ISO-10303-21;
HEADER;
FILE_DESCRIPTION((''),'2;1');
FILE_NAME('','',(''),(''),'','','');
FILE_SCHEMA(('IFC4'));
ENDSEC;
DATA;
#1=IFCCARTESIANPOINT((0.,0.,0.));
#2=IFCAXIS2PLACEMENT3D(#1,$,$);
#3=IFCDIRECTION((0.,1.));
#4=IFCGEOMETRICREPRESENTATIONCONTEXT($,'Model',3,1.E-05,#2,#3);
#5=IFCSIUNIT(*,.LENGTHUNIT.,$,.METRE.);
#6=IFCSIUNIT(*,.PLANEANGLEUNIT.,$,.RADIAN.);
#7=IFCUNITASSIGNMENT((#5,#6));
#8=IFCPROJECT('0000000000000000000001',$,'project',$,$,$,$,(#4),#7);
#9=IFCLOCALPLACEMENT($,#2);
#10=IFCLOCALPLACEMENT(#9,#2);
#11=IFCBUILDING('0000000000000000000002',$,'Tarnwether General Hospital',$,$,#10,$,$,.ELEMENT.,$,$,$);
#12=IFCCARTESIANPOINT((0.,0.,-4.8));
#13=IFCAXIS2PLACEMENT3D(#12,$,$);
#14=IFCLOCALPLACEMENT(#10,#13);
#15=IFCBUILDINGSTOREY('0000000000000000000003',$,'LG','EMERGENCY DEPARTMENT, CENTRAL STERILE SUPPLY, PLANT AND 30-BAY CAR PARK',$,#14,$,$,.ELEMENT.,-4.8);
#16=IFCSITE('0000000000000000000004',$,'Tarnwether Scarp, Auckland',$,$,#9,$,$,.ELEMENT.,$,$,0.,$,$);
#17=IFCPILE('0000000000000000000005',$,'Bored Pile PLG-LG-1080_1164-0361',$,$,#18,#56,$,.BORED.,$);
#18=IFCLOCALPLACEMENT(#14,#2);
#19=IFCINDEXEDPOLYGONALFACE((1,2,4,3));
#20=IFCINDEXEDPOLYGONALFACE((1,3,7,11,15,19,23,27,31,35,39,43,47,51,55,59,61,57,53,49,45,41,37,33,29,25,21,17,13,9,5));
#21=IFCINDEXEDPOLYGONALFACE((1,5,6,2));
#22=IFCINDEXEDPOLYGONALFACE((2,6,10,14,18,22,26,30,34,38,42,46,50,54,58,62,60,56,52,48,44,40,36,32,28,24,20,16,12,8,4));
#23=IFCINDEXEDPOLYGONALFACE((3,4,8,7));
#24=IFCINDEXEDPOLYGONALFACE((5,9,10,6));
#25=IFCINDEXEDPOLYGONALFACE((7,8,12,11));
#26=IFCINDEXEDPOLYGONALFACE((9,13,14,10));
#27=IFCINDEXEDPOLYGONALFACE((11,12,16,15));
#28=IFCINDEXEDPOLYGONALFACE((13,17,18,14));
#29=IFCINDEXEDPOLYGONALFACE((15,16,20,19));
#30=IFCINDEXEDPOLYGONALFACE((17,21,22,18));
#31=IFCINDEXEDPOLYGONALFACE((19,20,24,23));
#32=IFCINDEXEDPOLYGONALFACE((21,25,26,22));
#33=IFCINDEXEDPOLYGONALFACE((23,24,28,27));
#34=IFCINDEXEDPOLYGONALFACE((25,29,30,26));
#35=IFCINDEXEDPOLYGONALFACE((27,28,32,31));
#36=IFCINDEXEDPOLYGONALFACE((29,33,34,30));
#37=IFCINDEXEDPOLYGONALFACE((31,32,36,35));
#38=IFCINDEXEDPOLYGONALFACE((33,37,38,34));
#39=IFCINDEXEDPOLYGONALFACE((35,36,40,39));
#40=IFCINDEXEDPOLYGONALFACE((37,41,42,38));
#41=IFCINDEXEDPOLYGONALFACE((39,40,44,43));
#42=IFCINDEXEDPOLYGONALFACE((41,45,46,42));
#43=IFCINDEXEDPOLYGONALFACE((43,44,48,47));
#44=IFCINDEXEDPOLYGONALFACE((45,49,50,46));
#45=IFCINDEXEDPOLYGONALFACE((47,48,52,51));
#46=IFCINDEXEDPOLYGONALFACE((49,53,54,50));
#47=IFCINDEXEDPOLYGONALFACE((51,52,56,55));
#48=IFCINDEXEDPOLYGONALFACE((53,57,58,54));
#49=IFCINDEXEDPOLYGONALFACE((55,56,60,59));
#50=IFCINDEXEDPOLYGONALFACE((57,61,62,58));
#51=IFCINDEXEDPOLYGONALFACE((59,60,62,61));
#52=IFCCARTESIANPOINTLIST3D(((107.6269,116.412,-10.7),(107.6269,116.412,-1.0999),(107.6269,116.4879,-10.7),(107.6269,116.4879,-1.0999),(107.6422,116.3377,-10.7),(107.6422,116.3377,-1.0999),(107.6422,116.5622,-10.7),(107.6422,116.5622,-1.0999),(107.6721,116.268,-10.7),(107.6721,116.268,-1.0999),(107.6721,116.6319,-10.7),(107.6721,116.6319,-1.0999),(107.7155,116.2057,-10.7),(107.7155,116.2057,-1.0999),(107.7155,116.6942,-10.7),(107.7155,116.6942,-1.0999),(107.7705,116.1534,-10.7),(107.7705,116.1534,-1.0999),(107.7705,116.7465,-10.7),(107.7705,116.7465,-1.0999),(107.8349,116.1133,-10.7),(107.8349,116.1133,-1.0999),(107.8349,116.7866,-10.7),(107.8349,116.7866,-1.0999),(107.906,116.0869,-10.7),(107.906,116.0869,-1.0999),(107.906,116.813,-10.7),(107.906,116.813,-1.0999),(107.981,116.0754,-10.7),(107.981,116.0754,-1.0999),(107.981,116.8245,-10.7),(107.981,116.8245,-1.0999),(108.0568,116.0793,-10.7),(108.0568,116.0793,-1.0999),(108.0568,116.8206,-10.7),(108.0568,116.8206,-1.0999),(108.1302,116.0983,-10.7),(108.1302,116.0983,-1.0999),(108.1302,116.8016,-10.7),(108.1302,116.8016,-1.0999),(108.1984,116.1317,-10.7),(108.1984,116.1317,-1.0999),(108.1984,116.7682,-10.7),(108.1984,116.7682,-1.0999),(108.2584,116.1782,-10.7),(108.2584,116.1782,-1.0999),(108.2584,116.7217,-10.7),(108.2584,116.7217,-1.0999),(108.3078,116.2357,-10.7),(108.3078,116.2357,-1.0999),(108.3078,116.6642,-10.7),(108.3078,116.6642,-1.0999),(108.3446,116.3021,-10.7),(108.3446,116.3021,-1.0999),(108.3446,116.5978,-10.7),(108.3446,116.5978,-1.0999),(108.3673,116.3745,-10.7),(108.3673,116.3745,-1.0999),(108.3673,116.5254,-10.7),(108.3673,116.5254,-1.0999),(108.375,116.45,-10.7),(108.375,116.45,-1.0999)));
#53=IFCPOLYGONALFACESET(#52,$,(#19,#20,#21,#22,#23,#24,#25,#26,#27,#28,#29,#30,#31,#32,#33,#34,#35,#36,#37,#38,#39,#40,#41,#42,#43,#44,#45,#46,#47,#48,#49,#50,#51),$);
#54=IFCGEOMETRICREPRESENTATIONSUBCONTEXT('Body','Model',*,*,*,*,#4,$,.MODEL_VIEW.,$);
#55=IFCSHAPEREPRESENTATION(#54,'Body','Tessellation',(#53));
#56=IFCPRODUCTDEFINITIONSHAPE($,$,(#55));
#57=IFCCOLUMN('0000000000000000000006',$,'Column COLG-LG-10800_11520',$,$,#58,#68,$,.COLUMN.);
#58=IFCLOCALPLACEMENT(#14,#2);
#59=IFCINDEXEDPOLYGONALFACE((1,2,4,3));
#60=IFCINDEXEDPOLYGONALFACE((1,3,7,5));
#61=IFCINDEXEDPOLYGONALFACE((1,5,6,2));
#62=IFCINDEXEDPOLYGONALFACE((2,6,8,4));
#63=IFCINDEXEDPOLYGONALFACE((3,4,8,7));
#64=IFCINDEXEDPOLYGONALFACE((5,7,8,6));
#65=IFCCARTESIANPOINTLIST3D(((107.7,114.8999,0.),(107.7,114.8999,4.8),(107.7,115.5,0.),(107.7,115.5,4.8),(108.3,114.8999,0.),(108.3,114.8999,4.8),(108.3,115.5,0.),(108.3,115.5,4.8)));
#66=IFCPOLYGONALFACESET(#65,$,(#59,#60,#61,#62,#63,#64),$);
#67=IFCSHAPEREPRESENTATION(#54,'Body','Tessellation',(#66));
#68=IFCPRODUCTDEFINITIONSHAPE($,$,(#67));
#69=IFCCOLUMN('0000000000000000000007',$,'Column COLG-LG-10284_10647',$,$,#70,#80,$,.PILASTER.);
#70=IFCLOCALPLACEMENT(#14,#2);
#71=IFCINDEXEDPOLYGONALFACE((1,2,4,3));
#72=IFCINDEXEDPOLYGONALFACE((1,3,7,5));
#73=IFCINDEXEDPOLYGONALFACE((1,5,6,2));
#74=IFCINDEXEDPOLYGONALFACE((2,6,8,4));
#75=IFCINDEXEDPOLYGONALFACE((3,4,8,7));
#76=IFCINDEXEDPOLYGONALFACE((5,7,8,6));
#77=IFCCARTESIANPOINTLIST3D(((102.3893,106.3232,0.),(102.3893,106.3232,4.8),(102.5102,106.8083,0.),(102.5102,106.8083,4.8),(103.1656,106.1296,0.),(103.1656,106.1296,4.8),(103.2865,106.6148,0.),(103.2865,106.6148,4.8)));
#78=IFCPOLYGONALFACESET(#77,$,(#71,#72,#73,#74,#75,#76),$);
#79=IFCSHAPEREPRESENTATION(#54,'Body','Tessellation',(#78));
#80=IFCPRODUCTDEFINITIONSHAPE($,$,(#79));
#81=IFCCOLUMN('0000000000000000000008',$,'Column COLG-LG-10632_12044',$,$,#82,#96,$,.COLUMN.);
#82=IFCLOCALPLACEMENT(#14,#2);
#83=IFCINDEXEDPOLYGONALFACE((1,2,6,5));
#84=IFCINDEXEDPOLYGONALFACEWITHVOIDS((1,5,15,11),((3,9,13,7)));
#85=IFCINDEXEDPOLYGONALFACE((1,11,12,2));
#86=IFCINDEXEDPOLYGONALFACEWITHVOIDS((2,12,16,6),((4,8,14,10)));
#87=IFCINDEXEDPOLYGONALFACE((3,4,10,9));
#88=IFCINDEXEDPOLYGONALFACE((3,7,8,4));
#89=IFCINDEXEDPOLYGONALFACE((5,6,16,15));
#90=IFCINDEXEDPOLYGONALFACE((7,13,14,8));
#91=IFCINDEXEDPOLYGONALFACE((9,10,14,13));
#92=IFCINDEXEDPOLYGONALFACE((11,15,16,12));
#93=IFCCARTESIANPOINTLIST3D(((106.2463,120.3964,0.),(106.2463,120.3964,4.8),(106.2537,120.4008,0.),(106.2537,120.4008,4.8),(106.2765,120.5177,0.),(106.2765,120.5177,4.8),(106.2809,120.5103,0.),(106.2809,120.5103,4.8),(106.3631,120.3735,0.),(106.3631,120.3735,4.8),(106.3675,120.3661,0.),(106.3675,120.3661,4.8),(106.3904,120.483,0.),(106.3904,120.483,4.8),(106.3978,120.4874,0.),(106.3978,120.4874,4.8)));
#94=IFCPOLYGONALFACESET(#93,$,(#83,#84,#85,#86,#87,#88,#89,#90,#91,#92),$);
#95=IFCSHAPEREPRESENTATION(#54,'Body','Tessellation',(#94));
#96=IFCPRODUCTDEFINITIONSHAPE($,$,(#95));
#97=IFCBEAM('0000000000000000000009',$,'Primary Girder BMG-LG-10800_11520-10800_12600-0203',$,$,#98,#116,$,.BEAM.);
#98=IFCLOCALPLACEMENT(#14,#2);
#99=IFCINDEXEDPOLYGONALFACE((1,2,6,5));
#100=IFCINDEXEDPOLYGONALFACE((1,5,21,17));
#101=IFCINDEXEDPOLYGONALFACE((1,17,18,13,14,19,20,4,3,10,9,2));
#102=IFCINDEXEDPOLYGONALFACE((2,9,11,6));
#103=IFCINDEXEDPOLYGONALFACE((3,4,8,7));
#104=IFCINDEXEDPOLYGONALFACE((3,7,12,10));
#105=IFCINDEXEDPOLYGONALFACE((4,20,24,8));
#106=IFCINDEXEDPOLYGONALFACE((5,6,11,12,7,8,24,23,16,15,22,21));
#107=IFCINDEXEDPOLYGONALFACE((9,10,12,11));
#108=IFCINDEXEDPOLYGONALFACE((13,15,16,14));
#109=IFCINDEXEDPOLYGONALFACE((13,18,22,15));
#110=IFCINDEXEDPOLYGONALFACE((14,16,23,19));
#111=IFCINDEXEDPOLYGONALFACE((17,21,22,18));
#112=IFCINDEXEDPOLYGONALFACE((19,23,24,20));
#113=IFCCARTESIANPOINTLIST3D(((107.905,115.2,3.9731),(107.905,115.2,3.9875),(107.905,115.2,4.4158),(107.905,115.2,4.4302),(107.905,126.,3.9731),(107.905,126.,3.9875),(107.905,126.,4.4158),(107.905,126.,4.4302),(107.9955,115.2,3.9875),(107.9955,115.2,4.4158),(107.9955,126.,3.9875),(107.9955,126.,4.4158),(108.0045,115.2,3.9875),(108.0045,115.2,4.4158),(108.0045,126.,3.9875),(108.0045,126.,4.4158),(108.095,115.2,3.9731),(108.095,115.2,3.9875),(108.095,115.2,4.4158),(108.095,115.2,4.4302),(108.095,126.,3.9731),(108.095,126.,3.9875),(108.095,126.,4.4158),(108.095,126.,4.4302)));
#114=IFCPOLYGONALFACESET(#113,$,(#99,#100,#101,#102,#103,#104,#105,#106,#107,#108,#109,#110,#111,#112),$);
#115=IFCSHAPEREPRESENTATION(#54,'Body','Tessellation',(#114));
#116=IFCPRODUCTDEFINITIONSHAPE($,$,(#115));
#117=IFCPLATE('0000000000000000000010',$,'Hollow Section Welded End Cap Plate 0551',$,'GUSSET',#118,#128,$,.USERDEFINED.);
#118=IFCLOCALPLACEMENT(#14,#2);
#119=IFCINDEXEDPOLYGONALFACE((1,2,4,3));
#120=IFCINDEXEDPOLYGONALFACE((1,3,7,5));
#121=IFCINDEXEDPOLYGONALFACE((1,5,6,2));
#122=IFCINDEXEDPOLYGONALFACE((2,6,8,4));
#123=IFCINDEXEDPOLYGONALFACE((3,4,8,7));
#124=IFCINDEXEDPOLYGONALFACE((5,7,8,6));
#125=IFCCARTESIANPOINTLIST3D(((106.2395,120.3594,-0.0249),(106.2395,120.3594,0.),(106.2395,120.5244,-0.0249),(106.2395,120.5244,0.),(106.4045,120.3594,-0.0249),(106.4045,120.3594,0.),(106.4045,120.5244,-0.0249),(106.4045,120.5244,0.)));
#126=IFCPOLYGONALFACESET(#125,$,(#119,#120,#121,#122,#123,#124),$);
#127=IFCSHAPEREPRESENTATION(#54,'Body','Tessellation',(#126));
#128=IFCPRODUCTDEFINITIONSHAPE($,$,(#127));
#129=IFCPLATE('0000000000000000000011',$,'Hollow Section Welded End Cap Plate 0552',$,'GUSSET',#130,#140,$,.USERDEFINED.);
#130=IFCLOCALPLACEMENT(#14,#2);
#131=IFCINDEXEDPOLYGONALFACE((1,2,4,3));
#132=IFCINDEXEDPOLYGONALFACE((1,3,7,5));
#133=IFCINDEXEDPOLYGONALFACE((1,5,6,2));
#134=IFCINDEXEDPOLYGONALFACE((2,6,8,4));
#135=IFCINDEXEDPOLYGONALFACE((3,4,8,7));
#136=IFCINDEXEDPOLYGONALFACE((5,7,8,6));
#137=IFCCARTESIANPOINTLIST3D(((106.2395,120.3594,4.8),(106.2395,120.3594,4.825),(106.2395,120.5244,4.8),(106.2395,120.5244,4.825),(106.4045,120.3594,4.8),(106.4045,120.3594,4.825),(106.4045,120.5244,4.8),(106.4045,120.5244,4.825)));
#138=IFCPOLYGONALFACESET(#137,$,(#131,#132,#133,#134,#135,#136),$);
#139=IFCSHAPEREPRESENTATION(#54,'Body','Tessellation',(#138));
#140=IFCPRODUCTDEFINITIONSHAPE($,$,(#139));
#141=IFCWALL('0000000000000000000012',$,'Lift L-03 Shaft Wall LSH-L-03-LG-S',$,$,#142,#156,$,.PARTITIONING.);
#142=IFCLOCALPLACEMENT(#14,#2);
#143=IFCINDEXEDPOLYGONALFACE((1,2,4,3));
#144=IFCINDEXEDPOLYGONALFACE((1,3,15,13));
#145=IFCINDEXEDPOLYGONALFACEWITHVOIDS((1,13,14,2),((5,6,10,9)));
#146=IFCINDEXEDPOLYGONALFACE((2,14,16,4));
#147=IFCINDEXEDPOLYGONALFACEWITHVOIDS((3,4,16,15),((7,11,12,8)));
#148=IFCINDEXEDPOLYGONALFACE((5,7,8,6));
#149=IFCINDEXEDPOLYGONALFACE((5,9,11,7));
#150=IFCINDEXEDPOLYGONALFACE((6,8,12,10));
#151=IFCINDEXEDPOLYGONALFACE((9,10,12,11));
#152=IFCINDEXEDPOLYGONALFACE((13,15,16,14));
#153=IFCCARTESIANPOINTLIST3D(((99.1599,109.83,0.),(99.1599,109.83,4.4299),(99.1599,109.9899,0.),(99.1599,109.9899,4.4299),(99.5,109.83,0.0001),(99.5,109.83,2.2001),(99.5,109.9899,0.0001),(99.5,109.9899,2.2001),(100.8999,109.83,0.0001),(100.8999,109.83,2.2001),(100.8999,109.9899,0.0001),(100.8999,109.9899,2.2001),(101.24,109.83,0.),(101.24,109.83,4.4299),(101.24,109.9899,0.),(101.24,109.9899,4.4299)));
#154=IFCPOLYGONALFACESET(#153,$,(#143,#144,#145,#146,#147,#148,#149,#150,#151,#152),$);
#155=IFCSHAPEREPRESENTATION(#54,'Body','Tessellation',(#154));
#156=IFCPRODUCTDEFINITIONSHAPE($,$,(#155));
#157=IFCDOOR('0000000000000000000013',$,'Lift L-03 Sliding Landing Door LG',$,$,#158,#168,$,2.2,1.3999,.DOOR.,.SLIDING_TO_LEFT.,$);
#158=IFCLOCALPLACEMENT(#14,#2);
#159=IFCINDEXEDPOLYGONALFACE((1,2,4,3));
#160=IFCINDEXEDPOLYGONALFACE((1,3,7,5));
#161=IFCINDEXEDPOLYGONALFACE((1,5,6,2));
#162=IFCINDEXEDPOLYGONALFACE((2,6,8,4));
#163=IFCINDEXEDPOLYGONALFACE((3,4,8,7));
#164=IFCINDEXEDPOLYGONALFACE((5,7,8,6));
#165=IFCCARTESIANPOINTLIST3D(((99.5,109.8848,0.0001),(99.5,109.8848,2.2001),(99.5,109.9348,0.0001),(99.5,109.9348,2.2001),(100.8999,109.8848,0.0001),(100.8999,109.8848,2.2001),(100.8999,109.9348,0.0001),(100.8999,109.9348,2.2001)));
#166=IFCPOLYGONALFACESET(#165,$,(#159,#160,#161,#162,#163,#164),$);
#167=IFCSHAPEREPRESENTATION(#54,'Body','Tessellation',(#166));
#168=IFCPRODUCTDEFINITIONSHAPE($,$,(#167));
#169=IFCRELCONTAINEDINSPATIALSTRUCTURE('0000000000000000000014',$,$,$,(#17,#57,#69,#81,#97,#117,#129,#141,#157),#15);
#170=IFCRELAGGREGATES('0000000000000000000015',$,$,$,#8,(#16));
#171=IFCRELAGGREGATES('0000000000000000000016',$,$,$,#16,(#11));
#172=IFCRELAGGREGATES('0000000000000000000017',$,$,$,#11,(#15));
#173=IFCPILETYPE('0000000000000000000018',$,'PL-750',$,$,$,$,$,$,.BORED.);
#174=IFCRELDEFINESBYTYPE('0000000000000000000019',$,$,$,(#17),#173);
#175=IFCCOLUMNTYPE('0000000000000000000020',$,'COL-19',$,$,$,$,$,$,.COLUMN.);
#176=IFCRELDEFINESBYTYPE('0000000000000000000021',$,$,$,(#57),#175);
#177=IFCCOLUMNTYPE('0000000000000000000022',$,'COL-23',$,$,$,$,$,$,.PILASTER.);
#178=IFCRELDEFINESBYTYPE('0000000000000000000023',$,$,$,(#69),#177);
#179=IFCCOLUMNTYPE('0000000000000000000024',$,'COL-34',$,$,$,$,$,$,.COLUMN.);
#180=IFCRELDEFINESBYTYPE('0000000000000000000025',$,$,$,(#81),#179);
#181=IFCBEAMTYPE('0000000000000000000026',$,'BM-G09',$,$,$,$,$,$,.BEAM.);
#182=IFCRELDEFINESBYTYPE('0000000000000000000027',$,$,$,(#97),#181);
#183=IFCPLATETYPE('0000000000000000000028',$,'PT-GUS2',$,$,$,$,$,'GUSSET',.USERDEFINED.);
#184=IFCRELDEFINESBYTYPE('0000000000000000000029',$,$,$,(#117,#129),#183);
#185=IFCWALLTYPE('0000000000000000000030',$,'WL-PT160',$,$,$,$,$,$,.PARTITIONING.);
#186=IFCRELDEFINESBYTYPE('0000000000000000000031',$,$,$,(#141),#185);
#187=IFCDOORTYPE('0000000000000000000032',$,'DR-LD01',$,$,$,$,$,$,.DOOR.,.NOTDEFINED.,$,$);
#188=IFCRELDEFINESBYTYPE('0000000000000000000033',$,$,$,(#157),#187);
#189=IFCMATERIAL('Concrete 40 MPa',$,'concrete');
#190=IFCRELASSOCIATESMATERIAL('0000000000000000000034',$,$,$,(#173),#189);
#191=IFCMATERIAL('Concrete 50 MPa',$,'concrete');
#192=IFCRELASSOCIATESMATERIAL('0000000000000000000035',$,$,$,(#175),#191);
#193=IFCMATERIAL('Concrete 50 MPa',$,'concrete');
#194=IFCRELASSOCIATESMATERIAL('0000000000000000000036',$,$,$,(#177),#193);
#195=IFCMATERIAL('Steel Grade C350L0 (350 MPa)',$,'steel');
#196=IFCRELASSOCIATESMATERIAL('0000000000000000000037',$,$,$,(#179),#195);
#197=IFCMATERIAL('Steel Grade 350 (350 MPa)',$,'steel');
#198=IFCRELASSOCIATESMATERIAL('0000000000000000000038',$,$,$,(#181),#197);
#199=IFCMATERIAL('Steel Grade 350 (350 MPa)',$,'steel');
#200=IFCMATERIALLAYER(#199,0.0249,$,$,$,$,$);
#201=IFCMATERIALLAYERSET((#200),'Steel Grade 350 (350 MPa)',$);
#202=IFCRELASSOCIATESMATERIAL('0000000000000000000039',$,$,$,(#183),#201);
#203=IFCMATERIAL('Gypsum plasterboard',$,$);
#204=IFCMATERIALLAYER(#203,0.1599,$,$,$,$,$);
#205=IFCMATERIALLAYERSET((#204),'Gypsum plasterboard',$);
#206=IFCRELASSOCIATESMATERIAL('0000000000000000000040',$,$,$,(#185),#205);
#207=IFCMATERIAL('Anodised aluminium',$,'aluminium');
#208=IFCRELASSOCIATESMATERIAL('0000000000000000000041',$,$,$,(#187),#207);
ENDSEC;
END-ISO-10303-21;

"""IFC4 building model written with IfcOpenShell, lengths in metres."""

from ifc_helpers import new_model, si_unit, direction, frame, frame_2d, origin, origin_2d, place, context, subcontext, project, spatial, rectangle, hollow_rectangle, circle, i_section, extrude, material, layer, layer_set, material_profile, profile_set, type_object, element, fill, save


model = new_model("IFC4")

# Units and contexts
model_context = context("Model", 3, precision=1e-05, world=origin(), true_north=direction((0.0, 1.0)))
body_context = subcontext(model_context, "Body", "Model", "MODEL_VIEW")
ifc_project = project(units=[si_unit("LENGTHUNIT", "METRE"), si_unit("PLANEANGLEUNIT", "RADIAN")], contexts=[model_context])

# Site, building, storey
site_placement = place(None, origin())
site = spatial("IfcSite", under=ifc_project, at=site_placement, Name="Tarnwether Scarp, Auckland", CompositionType="ELEMENT", RefElevation=0.0)
building_placement = place(site_placement, origin())
building = spatial("IfcBuilding", under=site, at=building_placement, Name="Tarnwether General Hospital", CompositionType="ELEMENT")
storey_placement = place(building_placement, frame((0.0, 0.0, -4.8)))
storey = spatial("IfcBuildingStorey", under=building, at=storey_placement, Name="LG", Description="EMERGENCY DEPARTMENT, CENTRAL STERILE SUPPLY, PLANT AND 30-BAY CAR PARK", CompositionType="ELEMENT", Elevation=-4.8)

# Pile
ifc_material_1 = material(Name="Concrete 40 MPa", Category="concrete")
ifc_material_profile_1 = material_profile(ifc_material_1, circle(Radius=0.375, at=origin_2d()), Name="PILE-D750")
ifc_profile_set_1 = profile_set([ifc_material_profile_1], Name="Concrete 40 MPa")
pile_type_1 = type_object("IfcPileType", Name="PL-750", PredefinedType="BORED", material=ifc_profile_set_1)
for number, where, z_axis, x_axis, name in (
    (1, (108.0, 116.45, -1.0999), (0.0, 0.0, -1.0), (1.0, 0.0, 0.0), "Bored Pile PLG-LG-1080_1164-0361"),
):
    element("IfcPile", number, at=place(storey_placement, frame(where, z_axis=z_axis, x_axis=x_axis)), inside=storey, type_object=pile_type_1, Name=name, PredefinedType="BORED", context=body_context, shape_type="SweptSolid", body=[
        extrude(circle(Radius=0.375, at=origin_2d()), origin(), (0.0, 0.0, 1.0), 9.6001),
    ])

# Columns
ifc_material_2 = material(Name="Concrete 50 MPa", Category="concrete")
ifc_material_profile_2 = material_profile(ifc_material_2, rectangle(XDim=0.6001, YDim=0.6001, at=origin_2d()), Name="RC-COL-600x600")
ifc_profile_set_2 = profile_set([ifc_material_profile_2], Name="Concrete 50 MPa")
column_type_1 = type_object("IfcColumnType", Name="COL-19", PredefinedType="COLUMN", material=ifc_profile_set_2)
column_1_placement = place(storey_placement, frame((108.0, 115.2, 0.0), z_axis=(0.0, 0.0, 1.0), x_axis=(0.0, 1.0, 0.0)))
element("IfcColumn", 2, at=column_1_placement, inside=storey, type_object=column_type_1, Name="Column COLG-LG-10800_11520", PredefinedType="COLUMN", context=body_context, shape_type="SweptSolid", body=[
    extrude(rectangle(XDim=0.6001, YDim=0.6001, at=origin_2d()), origin(), (0.0, 0.0, 1.0), 4.8),
])
ifc_material_3 = material(Name="Concrete 50 MPa", Category="concrete")
ifc_material_profile_3 = material_profile(ifc_material_3, rectangle(XDim=0.5, YDim=0.8, at=origin_2d()), Name="RC-PIL-500x800")
ifc_profile_set_3 = profile_set([ifc_material_profile_3], Name="Concrete 50 MPa")
column_type_2 = type_object("IfcColumnType", Name="COL-23", PredefinedType="PILASTER", material=ifc_profile_set_3)
column_2_placement = place(storey_placement, frame((102.8379, 106.469, 0.0), z_axis=(0.0, 0.0, 1.0), x_axis=(0.241922, 0.970296, 0.0)))
element("IfcColumn", 3, at=column_2_placement, inside=storey, type_object=column_type_2, Name="Column COLG-LG-10284_10647", PredefinedType="PILASTER", context=body_context, shape_type="SweptSolid", body=[
    extrude(rectangle(XDim=0.5, YDim=0.8, at=origin_2d()), origin(), (0.0, 0.0, 1.0), 4.8),
])
ifc_material_4 = material(Name="Steel Grade C350L0 (350 MPa)", Category="steel")
ifc_material_profile_4 = material_profile(ifc_material_4, hollow_rectangle(XDim=0.125, YDim=0.125, WallThickness=0.0061, at=origin_2d()), Name="SHS125x125x6")
ifc_profile_set_4 = profile_set([ifc_material_profile_4], Name="Steel Grade C350L0 (350 MPa)")
column_type_3 = type_object("IfcColumnType", Name="COL-34", PredefinedType="COLUMN", material=ifc_profile_set_4)
column_3_placement = place(storey_placement, frame((106.322, 120.4419, 0.0), z_axis=(0.0, 0.0, 1.0), x_axis=(0.241922, 0.970296, 0.0)))
element("IfcColumn", 4, at=column_3_placement, inside=storey, type_object=column_type_3, Name="Column COLG-LG-10632_12044", PredefinedType="COLUMN", context=body_context, shape_type="SweptSolid", body=[
    extrude(hollow_rectangle(XDim=0.125, YDim=0.125, WallThickness=0.0061, at=origin_2d()), origin(), (0.0, 0.0, 1.0), 4.8),
])

# Beam
ifc_material_5 = material(Name="Steel Grade 350 (350 MPa)", Category="steel")
ifc_material_profile_5 = material_profile(ifc_material_5, i_section(OverallWidth=0.1899, OverallDepth=0.457, WebThickness=0.009, FlangeThickness=0.0144, at=origin_2d()), Name="460UB74.6")
ifc_profile_set_5 = profile_set([ifc_material_profile_5], Name="Steel Grade 350 (350 MPa)")
beam_type = type_object("IfcBeamType", Name="BM-G09", PredefinedType="BEAM", material=ifc_profile_set_5)
beam_placement = place(storey_placement, frame((108.0, 115.2, 4.2017), z_axis=(0.0, 1.0, 0.0), x_axis=(-1.0, 0.0, 0.0)))
element("IfcBeam", 5, at=beam_placement, inside=storey, type_object=beam_type, Name="Primary Girder BMG-LG-10800_11520-10800_12600-0203", PredefinedType="BEAM", context=body_context, shape_type="SweptSolid", body=[
    extrude(i_section(OverallWidth=0.1899, OverallDepth=0.457, WebThickness=0.009, FlangeThickness=0.0144, at=origin_2d()), origin(), (0.0, 0.0, 1.0), 10.8),
])

# Plates
ifc_material_6 = material(Name="Steel Grade 350 (350 MPa)", Category="steel")
ifc_layer_1 = layer(ifc_material_6, 0.0249)
ifc_layer_set_1 = layer_set([ifc_layer_1], Name="Steel Grade 350 (350 MPa)")
plate_type = type_object("IfcPlateType", Name="PT-GUS2", ElementType="GUSSET", PredefinedType="USERDEFINED", material=ifc_layer_set_1)
for number, where, z_axis, x_axis, name in (
    (6, (106.322, 120.4419, -0.0249), (0.0, 0.0, 1.0), (1.0, 0.0, 0.0), "Hollow Section Welded End Cap Plate 0551"),
    (7, (106.322, 120.4419, 4.8), (0.0, 0.0, 1.0), (1.0, 0.0, 0.0), "Hollow Section Welded End Cap Plate 0552"),
):
    element("IfcPlate", number, at=place(storey_placement, frame(where, z_axis=z_axis, x_axis=x_axis)), inside=storey, type_object=plate_type, Name=name, ObjectType="GUSSET", PredefinedType="USERDEFINED", context=body_context, shape_type="SweptSolid", body=[
        extrude(rectangle(XDim=0.165, YDim=0.165, at=origin_2d()), origin(), (0.0, 0.0, 1.0), 0.0249),
    ])

# Wall, opening, door
ifc_material_7 = material(Name="Gypsum plasterboard")
ifc_layer_2 = layer(ifc_material_7, 0.1599)
ifc_layer_set_2 = layer_set([ifc_layer_2], Name="Gypsum plasterboard")
wall_type_1 = type_object("IfcWallType", Name="WL-PT160", PredefinedType="PARTITIONING", material=ifc_layer_set_2)
wall_1_placement = place(storey_placement, frame((99.1599, 109.9099, 0.0), z_axis=(0.0, 0.0, 1.0), x_axis=(1.0, 0.0, 0.0)))
wall_1 = element("IfcWall", 8, at=wall_1_placement, inside=storey, type_object=wall_type_1, Name="Lift L-03 Shaft Wall LSH-L-03-LG-S", PredefinedType="PARTITIONING", context=body_context, shape_type="SweptSolid", body=[
    extrude(rectangle(XDim=2.0801, YDim=0.1599, at=frame_2d((1.04, 0.0))), origin(), (0.0, 0.0, 1.0), 4.4299),
])
opening_1_placement = place(wall_1_placement, frame((0.3401, 0.0, 0.0)))
opening_1 = element("IfcOpeningElement", 9, at=opening_1_placement, cuts=wall_1, PredefinedType="OPENING", context=body_context, shape_type="SweptSolid", body=[
    extrude(rectangle(XDim=1.3999, YDim=2.2, at=frame_2d((0.7, 1.1001))), frame((0.0, 0.0898, 0.0), z_axis=(0.0, -1.0, 0.0), x_axis=(1.0, 0.0, 0.0)), (0.0, 0.0, 1.0), 0.1799),
])
ifc_material_8 = material(Name="Anodised aluminium", Category="aluminium")
door_type_1 = type_object("IfcDoorType", Name="DR-LD01", OperationType="NOTDEFINED", PredefinedType="DOOR", material=ifc_material_8)
door_1_placement = place(opening_1_placement, origin())
door_1 = element("IfcDoor", 10, at=door_1_placement, inside=storey, type_object=door_type_1, Name="Lift L-03 Sliding Landing Door LG", OperationType="SLIDING_TO_LEFT", OverallHeight=2.2, OverallWidth=1.3999, PredefinedType="DOOR", context=body_context, shape_type="SweptSolid", body=[
    extrude(rectangle(XDim=1.3999, YDim=2.2, at=frame_2d((0.7, 1.1001))), frame((0.0, 0.0249, 0.0), z_axis=(0.0, -1.0, 0.0), x_axis=(1.0, 0.0, 0.0)), (0.0, 0.0, 1.0), 0.05),
])
fill(opening_1, door_1)

save(model, "model.ifc")
